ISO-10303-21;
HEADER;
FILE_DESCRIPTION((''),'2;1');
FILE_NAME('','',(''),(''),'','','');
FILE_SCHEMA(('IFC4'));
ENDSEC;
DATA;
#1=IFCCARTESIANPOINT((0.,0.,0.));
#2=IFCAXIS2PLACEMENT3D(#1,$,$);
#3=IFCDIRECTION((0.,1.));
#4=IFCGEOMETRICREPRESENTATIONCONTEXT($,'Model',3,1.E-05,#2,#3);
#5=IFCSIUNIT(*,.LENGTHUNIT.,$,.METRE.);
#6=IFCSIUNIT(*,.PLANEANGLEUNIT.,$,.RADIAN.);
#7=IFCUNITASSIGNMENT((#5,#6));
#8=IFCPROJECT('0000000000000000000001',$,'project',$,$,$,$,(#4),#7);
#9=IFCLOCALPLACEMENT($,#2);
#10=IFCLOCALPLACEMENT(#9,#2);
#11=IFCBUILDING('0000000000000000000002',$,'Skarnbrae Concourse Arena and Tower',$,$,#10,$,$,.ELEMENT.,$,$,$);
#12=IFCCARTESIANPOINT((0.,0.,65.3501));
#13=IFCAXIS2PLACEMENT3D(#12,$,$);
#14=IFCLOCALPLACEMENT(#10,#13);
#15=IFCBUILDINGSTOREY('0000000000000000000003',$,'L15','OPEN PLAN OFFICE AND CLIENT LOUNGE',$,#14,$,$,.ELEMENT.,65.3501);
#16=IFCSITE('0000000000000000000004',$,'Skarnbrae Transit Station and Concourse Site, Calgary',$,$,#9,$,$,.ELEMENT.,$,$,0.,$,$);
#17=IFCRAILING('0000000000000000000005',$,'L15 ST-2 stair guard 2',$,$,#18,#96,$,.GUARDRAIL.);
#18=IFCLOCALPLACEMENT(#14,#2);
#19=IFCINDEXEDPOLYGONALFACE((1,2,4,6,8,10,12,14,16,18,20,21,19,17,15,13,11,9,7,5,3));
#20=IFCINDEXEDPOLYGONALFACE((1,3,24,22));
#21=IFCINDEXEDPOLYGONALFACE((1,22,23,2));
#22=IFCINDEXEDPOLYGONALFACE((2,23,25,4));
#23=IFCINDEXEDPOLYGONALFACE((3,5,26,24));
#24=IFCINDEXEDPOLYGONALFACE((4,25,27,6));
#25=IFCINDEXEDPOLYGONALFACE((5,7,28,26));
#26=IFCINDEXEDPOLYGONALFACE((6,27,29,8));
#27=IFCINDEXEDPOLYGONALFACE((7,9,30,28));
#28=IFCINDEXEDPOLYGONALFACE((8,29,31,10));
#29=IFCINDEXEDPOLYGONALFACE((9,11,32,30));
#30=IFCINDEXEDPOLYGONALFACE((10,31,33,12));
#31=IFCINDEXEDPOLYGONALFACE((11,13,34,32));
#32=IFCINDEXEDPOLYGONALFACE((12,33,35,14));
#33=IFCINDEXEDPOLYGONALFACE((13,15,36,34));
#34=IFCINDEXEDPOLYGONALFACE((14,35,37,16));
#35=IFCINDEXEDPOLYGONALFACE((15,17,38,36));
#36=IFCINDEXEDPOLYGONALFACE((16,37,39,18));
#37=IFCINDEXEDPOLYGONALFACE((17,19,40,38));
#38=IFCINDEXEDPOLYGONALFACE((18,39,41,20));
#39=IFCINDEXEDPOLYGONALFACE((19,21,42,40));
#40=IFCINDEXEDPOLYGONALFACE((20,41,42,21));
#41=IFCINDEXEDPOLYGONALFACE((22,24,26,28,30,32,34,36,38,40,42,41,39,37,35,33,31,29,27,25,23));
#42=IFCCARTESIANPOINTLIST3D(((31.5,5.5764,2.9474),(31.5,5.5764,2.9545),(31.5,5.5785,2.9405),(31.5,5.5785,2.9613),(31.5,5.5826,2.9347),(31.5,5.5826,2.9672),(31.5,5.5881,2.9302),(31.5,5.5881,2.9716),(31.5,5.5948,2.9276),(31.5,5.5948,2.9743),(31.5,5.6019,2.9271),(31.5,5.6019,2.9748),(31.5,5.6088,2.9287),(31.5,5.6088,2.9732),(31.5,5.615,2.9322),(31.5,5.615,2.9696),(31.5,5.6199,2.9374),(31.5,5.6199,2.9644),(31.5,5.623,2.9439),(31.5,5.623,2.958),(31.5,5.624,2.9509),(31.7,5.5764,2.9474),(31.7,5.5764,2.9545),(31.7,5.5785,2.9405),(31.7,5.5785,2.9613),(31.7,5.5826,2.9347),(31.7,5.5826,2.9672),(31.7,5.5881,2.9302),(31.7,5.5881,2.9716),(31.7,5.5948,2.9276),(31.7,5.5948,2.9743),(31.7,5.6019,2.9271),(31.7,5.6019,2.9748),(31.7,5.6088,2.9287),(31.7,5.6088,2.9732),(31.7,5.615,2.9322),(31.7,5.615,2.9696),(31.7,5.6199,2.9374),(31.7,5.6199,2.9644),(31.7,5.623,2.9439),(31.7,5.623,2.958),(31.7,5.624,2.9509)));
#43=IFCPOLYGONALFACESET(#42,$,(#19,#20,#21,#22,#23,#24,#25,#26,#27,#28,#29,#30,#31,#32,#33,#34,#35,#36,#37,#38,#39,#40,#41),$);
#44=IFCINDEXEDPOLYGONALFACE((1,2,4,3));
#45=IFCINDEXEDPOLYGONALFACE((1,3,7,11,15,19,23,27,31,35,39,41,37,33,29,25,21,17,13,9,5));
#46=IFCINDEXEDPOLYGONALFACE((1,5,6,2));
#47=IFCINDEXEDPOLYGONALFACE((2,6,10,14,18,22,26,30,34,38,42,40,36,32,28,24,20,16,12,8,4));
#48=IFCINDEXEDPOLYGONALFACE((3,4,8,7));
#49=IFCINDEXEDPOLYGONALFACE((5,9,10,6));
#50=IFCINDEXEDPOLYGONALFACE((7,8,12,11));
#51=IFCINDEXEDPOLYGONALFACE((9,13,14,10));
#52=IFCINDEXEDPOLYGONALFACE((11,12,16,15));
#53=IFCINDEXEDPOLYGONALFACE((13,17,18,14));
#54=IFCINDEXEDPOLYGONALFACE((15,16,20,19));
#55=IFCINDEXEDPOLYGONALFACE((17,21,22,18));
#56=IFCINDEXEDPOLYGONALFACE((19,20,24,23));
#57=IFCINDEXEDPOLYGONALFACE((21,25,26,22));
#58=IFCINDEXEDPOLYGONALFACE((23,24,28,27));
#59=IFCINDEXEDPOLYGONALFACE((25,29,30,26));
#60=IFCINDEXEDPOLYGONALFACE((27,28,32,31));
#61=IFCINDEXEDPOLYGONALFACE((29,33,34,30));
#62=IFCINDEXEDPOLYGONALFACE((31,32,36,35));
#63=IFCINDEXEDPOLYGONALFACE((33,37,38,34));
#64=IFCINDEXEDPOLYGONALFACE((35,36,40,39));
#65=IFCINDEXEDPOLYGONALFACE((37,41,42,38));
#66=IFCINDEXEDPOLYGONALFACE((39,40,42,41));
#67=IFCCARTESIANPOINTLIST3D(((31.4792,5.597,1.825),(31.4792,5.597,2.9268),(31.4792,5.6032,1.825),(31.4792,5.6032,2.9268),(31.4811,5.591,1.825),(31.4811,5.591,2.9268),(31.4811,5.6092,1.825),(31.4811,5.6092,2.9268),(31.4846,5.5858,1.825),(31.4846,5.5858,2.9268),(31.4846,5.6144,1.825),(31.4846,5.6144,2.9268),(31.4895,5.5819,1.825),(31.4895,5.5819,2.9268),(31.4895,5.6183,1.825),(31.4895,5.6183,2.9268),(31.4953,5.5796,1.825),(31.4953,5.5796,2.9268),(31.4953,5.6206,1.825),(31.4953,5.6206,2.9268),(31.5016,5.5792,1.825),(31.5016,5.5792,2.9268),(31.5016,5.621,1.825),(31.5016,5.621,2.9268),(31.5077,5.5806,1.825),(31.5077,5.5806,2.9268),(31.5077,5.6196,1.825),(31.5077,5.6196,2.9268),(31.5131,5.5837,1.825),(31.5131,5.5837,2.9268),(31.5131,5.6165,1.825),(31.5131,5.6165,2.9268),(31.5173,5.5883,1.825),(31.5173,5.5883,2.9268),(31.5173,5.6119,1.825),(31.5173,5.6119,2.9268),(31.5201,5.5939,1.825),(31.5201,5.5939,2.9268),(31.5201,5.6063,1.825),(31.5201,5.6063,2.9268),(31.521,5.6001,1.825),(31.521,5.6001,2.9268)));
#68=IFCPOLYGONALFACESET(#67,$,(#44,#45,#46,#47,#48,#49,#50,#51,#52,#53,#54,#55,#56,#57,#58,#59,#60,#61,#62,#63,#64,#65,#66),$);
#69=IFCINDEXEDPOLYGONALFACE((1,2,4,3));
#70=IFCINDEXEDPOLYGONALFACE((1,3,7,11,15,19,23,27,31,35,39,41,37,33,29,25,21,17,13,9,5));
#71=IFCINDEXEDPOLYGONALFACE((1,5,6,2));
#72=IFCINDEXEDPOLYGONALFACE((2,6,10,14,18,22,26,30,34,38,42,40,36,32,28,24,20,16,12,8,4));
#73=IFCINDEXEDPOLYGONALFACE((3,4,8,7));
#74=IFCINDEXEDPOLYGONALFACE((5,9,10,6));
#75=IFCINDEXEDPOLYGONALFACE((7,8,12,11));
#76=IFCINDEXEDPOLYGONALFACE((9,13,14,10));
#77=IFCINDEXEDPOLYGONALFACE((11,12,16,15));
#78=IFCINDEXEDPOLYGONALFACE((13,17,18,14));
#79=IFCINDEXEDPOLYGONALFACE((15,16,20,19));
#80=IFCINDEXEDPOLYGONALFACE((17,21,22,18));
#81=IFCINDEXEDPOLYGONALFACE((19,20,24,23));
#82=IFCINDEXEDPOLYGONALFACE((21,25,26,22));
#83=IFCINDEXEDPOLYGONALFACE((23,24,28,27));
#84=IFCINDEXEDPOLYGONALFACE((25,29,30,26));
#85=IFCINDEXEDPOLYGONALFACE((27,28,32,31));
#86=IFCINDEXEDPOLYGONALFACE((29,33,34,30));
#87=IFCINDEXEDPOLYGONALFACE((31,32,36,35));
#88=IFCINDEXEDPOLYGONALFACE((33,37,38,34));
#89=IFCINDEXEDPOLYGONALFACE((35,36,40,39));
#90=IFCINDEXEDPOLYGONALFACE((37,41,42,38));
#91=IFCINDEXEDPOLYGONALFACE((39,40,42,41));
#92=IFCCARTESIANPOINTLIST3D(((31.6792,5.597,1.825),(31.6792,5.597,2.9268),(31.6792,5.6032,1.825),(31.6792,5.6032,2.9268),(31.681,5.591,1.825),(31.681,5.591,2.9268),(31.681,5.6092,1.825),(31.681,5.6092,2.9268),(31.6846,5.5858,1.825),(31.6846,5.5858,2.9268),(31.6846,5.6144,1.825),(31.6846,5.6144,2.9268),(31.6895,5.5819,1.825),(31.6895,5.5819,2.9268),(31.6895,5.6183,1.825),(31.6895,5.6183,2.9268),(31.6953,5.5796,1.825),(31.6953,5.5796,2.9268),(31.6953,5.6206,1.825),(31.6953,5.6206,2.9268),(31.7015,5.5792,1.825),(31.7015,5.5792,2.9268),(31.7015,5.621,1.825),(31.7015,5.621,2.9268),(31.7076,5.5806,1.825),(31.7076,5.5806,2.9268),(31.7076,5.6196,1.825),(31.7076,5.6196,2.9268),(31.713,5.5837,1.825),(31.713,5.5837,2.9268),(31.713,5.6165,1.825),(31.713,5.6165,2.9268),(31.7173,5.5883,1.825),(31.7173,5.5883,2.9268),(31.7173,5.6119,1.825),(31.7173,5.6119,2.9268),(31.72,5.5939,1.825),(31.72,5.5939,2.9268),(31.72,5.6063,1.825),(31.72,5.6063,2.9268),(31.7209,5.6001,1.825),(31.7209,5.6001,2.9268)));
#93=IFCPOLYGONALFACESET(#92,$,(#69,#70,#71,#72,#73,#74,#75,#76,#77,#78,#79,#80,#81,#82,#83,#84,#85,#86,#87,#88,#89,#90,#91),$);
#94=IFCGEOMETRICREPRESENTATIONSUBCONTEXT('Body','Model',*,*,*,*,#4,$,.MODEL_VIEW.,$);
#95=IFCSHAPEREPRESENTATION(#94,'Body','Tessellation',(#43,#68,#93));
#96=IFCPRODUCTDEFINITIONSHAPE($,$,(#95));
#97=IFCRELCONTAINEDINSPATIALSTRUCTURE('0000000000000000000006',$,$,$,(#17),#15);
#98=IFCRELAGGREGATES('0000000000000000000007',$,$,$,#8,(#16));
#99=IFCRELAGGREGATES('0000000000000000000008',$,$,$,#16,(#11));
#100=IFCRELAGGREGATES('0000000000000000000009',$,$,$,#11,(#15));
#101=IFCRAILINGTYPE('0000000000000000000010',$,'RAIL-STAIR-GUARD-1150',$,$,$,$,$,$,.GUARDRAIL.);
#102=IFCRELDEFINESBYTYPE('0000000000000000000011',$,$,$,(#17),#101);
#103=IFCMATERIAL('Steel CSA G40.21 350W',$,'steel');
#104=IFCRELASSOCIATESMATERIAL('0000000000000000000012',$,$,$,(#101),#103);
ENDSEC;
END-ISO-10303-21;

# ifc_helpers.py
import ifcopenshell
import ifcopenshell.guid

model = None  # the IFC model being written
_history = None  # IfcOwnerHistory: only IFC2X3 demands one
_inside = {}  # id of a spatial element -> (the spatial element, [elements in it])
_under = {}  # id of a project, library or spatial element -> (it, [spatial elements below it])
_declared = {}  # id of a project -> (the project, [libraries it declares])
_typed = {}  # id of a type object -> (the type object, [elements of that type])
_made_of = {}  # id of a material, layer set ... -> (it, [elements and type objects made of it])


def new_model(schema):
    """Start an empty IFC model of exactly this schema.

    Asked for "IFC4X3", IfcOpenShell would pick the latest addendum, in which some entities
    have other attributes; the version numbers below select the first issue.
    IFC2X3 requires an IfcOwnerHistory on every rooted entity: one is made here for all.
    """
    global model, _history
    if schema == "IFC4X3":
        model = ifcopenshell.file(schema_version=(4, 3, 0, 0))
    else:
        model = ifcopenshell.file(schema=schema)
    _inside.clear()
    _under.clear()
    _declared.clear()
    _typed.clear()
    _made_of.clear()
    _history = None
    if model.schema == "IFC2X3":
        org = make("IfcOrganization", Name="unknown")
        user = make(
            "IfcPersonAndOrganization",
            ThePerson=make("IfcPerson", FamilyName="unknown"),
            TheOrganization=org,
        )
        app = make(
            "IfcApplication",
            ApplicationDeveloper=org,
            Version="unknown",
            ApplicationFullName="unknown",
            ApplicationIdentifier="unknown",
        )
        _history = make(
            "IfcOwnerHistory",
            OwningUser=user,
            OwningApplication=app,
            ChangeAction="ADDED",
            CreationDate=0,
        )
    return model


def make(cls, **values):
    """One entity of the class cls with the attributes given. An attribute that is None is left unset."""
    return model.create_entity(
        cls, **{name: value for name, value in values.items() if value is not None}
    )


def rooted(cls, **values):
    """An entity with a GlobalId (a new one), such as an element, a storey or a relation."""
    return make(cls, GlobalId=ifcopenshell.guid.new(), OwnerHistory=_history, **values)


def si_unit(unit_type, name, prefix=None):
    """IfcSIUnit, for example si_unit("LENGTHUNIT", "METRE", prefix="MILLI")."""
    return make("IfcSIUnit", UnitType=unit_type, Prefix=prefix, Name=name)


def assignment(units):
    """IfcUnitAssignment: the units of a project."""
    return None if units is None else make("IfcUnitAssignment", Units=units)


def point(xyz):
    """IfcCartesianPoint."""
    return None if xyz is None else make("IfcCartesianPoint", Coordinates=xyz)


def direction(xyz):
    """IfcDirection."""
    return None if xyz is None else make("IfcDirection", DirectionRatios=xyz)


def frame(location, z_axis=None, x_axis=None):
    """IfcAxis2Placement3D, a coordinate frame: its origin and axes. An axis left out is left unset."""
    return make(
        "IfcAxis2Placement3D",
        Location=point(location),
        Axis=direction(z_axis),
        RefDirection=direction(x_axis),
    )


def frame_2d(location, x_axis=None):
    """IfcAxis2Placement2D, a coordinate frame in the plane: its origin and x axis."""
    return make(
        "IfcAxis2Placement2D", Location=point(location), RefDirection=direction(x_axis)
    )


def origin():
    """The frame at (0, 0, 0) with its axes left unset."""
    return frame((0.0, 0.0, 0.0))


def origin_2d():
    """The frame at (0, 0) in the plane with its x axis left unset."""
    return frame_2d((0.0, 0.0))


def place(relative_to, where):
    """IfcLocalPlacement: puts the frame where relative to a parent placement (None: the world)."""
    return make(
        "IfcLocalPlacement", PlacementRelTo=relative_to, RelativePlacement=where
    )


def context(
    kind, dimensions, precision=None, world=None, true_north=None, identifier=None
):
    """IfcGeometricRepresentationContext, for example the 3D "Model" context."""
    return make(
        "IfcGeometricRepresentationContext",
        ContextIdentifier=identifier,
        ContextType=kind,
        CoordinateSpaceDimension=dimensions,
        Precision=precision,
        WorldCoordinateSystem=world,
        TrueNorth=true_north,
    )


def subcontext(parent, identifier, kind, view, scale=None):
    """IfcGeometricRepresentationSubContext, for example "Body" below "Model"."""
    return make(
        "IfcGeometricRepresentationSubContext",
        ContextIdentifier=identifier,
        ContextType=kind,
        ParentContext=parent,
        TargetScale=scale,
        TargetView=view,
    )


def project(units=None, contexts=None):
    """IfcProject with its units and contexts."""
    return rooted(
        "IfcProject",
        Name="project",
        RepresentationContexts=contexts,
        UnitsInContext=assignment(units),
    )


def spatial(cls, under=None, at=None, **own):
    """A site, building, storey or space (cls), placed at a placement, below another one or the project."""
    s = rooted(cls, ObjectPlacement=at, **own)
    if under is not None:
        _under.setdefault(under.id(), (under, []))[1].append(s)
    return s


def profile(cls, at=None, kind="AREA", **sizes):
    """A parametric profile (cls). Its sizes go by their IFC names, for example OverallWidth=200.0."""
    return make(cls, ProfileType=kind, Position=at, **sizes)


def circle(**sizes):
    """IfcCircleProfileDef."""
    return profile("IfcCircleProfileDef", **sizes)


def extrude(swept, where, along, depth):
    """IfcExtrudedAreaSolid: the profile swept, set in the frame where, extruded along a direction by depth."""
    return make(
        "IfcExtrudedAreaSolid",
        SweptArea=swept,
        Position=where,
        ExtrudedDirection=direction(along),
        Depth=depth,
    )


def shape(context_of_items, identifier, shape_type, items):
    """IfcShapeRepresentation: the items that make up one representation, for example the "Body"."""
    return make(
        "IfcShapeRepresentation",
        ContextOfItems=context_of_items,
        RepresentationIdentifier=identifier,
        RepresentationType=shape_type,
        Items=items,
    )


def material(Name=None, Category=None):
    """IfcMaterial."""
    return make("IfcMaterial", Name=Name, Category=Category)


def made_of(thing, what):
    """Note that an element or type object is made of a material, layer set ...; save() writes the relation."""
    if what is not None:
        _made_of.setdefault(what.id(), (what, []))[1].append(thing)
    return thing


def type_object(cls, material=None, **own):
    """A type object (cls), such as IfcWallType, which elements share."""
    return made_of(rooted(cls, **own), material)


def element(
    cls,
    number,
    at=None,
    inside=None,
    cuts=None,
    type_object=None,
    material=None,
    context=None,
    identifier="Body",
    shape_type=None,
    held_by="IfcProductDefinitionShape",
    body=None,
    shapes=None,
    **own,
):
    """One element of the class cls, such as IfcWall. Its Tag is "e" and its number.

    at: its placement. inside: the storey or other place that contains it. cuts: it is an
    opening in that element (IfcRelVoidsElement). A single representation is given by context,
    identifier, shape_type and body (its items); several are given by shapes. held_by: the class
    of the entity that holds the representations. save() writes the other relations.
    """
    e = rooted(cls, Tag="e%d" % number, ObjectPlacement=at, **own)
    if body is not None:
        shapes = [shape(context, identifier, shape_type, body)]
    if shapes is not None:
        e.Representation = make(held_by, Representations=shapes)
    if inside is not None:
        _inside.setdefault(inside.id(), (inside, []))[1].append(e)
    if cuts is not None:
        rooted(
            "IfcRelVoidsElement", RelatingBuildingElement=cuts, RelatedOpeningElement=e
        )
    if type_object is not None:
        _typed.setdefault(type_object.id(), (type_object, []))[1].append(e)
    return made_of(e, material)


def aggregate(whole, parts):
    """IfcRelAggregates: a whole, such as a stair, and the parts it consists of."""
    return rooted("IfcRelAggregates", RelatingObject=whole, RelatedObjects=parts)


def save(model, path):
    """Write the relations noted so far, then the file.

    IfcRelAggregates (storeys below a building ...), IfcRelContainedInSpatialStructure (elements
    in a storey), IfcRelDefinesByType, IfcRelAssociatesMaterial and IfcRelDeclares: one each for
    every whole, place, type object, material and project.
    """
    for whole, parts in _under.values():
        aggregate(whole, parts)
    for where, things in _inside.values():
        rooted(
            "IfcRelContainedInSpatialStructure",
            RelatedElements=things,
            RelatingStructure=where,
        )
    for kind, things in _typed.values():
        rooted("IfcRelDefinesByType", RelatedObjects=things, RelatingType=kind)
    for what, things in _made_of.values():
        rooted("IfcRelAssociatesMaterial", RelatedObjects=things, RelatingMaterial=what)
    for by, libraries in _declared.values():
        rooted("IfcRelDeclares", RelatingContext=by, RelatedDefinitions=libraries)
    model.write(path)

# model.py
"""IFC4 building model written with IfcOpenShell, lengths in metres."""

from ifc_helpers import new_model, si_unit, direction, frame, origin, origin_2d, place, context, subcontext, project, spatial, circle, extrude, material, type_object, element, save


model = new_model("IFC4")

# Units and contexts
model_context = context("Model", 3, precision=1e-05, world=origin(), true_north=direction((0.0, 1.0)))
body_context = subcontext(model_context, "Body", "Model", "MODEL_VIEW")
ifc_project = project(units=[si_unit("LENGTHUNIT", "METRE"), si_unit("PLANEANGLEUNIT", "RADIAN")], contexts=[model_context])

# Site, building, storey
site_placement = place(None, origin())
site = spatial("IfcSite", under=ifc_project, at=site_placement, Name="Skarnbrae Transit Station and Concourse Site, Calgary", CompositionType="ELEMENT", RefElevation=0.0)
building_placement = place(site_placement, origin())
building = spatial("IfcBuilding", under=site, at=building_placement, Name="Skarnbrae Concourse Arena and Tower", CompositionType="ELEMENT")
storey_placement = place(building_placement, frame((0.0, 0.0, 65.3501)))
storey = spatial("IfcBuildingStorey", under=building, at=storey_placement, Name="L15", Description="OPEN PLAN OFFICE AND CLIENT LOUNGE", CompositionType="ELEMENT", Elevation=65.3501)

# Shared definitions
ifc_material_1 = material(Name="Steel CSA G40.21 350W", Category="steel")

# Railing
railing_type_1 = type_object("IfcRailingType", Name="RAIL-STAIR-GUARD-1150", PredefinedType="GUARDRAIL", material=ifc_material_1)
railing_1_placement = place(storey_placement, frame((31.5, 5.6001, 1.825)))
element("IfcRailing", 1, at=railing_1_placement, inside=storey, type_object=railing_type_1, Name="L15 ST-2 stair guard 2", PredefinedType="GUARDRAIL", context=body_context, shape_type="SweptSolid", body=[
    extrude(circle(Radius=0.0239, at=origin_2d()), frame((0.0, 0.0, 1.126), z_axis=(1.0, 0.0, 0.0), x_axis=(0.0, 1.0, 0.0)), (0.0, 0.0, 1.0), 0.2),
    extrude(circle(Radius=0.021, at=origin_2d()), origin(), (0.0, 0.0, 1.0), 1.1018),
    extrude(circle(Radius=0.021, at=origin_2d()), frame((0.2, 0.0, 0.0)), (0.0, 0.0, 1.0), 1.1018),
])

save(model, "model.ifc")
